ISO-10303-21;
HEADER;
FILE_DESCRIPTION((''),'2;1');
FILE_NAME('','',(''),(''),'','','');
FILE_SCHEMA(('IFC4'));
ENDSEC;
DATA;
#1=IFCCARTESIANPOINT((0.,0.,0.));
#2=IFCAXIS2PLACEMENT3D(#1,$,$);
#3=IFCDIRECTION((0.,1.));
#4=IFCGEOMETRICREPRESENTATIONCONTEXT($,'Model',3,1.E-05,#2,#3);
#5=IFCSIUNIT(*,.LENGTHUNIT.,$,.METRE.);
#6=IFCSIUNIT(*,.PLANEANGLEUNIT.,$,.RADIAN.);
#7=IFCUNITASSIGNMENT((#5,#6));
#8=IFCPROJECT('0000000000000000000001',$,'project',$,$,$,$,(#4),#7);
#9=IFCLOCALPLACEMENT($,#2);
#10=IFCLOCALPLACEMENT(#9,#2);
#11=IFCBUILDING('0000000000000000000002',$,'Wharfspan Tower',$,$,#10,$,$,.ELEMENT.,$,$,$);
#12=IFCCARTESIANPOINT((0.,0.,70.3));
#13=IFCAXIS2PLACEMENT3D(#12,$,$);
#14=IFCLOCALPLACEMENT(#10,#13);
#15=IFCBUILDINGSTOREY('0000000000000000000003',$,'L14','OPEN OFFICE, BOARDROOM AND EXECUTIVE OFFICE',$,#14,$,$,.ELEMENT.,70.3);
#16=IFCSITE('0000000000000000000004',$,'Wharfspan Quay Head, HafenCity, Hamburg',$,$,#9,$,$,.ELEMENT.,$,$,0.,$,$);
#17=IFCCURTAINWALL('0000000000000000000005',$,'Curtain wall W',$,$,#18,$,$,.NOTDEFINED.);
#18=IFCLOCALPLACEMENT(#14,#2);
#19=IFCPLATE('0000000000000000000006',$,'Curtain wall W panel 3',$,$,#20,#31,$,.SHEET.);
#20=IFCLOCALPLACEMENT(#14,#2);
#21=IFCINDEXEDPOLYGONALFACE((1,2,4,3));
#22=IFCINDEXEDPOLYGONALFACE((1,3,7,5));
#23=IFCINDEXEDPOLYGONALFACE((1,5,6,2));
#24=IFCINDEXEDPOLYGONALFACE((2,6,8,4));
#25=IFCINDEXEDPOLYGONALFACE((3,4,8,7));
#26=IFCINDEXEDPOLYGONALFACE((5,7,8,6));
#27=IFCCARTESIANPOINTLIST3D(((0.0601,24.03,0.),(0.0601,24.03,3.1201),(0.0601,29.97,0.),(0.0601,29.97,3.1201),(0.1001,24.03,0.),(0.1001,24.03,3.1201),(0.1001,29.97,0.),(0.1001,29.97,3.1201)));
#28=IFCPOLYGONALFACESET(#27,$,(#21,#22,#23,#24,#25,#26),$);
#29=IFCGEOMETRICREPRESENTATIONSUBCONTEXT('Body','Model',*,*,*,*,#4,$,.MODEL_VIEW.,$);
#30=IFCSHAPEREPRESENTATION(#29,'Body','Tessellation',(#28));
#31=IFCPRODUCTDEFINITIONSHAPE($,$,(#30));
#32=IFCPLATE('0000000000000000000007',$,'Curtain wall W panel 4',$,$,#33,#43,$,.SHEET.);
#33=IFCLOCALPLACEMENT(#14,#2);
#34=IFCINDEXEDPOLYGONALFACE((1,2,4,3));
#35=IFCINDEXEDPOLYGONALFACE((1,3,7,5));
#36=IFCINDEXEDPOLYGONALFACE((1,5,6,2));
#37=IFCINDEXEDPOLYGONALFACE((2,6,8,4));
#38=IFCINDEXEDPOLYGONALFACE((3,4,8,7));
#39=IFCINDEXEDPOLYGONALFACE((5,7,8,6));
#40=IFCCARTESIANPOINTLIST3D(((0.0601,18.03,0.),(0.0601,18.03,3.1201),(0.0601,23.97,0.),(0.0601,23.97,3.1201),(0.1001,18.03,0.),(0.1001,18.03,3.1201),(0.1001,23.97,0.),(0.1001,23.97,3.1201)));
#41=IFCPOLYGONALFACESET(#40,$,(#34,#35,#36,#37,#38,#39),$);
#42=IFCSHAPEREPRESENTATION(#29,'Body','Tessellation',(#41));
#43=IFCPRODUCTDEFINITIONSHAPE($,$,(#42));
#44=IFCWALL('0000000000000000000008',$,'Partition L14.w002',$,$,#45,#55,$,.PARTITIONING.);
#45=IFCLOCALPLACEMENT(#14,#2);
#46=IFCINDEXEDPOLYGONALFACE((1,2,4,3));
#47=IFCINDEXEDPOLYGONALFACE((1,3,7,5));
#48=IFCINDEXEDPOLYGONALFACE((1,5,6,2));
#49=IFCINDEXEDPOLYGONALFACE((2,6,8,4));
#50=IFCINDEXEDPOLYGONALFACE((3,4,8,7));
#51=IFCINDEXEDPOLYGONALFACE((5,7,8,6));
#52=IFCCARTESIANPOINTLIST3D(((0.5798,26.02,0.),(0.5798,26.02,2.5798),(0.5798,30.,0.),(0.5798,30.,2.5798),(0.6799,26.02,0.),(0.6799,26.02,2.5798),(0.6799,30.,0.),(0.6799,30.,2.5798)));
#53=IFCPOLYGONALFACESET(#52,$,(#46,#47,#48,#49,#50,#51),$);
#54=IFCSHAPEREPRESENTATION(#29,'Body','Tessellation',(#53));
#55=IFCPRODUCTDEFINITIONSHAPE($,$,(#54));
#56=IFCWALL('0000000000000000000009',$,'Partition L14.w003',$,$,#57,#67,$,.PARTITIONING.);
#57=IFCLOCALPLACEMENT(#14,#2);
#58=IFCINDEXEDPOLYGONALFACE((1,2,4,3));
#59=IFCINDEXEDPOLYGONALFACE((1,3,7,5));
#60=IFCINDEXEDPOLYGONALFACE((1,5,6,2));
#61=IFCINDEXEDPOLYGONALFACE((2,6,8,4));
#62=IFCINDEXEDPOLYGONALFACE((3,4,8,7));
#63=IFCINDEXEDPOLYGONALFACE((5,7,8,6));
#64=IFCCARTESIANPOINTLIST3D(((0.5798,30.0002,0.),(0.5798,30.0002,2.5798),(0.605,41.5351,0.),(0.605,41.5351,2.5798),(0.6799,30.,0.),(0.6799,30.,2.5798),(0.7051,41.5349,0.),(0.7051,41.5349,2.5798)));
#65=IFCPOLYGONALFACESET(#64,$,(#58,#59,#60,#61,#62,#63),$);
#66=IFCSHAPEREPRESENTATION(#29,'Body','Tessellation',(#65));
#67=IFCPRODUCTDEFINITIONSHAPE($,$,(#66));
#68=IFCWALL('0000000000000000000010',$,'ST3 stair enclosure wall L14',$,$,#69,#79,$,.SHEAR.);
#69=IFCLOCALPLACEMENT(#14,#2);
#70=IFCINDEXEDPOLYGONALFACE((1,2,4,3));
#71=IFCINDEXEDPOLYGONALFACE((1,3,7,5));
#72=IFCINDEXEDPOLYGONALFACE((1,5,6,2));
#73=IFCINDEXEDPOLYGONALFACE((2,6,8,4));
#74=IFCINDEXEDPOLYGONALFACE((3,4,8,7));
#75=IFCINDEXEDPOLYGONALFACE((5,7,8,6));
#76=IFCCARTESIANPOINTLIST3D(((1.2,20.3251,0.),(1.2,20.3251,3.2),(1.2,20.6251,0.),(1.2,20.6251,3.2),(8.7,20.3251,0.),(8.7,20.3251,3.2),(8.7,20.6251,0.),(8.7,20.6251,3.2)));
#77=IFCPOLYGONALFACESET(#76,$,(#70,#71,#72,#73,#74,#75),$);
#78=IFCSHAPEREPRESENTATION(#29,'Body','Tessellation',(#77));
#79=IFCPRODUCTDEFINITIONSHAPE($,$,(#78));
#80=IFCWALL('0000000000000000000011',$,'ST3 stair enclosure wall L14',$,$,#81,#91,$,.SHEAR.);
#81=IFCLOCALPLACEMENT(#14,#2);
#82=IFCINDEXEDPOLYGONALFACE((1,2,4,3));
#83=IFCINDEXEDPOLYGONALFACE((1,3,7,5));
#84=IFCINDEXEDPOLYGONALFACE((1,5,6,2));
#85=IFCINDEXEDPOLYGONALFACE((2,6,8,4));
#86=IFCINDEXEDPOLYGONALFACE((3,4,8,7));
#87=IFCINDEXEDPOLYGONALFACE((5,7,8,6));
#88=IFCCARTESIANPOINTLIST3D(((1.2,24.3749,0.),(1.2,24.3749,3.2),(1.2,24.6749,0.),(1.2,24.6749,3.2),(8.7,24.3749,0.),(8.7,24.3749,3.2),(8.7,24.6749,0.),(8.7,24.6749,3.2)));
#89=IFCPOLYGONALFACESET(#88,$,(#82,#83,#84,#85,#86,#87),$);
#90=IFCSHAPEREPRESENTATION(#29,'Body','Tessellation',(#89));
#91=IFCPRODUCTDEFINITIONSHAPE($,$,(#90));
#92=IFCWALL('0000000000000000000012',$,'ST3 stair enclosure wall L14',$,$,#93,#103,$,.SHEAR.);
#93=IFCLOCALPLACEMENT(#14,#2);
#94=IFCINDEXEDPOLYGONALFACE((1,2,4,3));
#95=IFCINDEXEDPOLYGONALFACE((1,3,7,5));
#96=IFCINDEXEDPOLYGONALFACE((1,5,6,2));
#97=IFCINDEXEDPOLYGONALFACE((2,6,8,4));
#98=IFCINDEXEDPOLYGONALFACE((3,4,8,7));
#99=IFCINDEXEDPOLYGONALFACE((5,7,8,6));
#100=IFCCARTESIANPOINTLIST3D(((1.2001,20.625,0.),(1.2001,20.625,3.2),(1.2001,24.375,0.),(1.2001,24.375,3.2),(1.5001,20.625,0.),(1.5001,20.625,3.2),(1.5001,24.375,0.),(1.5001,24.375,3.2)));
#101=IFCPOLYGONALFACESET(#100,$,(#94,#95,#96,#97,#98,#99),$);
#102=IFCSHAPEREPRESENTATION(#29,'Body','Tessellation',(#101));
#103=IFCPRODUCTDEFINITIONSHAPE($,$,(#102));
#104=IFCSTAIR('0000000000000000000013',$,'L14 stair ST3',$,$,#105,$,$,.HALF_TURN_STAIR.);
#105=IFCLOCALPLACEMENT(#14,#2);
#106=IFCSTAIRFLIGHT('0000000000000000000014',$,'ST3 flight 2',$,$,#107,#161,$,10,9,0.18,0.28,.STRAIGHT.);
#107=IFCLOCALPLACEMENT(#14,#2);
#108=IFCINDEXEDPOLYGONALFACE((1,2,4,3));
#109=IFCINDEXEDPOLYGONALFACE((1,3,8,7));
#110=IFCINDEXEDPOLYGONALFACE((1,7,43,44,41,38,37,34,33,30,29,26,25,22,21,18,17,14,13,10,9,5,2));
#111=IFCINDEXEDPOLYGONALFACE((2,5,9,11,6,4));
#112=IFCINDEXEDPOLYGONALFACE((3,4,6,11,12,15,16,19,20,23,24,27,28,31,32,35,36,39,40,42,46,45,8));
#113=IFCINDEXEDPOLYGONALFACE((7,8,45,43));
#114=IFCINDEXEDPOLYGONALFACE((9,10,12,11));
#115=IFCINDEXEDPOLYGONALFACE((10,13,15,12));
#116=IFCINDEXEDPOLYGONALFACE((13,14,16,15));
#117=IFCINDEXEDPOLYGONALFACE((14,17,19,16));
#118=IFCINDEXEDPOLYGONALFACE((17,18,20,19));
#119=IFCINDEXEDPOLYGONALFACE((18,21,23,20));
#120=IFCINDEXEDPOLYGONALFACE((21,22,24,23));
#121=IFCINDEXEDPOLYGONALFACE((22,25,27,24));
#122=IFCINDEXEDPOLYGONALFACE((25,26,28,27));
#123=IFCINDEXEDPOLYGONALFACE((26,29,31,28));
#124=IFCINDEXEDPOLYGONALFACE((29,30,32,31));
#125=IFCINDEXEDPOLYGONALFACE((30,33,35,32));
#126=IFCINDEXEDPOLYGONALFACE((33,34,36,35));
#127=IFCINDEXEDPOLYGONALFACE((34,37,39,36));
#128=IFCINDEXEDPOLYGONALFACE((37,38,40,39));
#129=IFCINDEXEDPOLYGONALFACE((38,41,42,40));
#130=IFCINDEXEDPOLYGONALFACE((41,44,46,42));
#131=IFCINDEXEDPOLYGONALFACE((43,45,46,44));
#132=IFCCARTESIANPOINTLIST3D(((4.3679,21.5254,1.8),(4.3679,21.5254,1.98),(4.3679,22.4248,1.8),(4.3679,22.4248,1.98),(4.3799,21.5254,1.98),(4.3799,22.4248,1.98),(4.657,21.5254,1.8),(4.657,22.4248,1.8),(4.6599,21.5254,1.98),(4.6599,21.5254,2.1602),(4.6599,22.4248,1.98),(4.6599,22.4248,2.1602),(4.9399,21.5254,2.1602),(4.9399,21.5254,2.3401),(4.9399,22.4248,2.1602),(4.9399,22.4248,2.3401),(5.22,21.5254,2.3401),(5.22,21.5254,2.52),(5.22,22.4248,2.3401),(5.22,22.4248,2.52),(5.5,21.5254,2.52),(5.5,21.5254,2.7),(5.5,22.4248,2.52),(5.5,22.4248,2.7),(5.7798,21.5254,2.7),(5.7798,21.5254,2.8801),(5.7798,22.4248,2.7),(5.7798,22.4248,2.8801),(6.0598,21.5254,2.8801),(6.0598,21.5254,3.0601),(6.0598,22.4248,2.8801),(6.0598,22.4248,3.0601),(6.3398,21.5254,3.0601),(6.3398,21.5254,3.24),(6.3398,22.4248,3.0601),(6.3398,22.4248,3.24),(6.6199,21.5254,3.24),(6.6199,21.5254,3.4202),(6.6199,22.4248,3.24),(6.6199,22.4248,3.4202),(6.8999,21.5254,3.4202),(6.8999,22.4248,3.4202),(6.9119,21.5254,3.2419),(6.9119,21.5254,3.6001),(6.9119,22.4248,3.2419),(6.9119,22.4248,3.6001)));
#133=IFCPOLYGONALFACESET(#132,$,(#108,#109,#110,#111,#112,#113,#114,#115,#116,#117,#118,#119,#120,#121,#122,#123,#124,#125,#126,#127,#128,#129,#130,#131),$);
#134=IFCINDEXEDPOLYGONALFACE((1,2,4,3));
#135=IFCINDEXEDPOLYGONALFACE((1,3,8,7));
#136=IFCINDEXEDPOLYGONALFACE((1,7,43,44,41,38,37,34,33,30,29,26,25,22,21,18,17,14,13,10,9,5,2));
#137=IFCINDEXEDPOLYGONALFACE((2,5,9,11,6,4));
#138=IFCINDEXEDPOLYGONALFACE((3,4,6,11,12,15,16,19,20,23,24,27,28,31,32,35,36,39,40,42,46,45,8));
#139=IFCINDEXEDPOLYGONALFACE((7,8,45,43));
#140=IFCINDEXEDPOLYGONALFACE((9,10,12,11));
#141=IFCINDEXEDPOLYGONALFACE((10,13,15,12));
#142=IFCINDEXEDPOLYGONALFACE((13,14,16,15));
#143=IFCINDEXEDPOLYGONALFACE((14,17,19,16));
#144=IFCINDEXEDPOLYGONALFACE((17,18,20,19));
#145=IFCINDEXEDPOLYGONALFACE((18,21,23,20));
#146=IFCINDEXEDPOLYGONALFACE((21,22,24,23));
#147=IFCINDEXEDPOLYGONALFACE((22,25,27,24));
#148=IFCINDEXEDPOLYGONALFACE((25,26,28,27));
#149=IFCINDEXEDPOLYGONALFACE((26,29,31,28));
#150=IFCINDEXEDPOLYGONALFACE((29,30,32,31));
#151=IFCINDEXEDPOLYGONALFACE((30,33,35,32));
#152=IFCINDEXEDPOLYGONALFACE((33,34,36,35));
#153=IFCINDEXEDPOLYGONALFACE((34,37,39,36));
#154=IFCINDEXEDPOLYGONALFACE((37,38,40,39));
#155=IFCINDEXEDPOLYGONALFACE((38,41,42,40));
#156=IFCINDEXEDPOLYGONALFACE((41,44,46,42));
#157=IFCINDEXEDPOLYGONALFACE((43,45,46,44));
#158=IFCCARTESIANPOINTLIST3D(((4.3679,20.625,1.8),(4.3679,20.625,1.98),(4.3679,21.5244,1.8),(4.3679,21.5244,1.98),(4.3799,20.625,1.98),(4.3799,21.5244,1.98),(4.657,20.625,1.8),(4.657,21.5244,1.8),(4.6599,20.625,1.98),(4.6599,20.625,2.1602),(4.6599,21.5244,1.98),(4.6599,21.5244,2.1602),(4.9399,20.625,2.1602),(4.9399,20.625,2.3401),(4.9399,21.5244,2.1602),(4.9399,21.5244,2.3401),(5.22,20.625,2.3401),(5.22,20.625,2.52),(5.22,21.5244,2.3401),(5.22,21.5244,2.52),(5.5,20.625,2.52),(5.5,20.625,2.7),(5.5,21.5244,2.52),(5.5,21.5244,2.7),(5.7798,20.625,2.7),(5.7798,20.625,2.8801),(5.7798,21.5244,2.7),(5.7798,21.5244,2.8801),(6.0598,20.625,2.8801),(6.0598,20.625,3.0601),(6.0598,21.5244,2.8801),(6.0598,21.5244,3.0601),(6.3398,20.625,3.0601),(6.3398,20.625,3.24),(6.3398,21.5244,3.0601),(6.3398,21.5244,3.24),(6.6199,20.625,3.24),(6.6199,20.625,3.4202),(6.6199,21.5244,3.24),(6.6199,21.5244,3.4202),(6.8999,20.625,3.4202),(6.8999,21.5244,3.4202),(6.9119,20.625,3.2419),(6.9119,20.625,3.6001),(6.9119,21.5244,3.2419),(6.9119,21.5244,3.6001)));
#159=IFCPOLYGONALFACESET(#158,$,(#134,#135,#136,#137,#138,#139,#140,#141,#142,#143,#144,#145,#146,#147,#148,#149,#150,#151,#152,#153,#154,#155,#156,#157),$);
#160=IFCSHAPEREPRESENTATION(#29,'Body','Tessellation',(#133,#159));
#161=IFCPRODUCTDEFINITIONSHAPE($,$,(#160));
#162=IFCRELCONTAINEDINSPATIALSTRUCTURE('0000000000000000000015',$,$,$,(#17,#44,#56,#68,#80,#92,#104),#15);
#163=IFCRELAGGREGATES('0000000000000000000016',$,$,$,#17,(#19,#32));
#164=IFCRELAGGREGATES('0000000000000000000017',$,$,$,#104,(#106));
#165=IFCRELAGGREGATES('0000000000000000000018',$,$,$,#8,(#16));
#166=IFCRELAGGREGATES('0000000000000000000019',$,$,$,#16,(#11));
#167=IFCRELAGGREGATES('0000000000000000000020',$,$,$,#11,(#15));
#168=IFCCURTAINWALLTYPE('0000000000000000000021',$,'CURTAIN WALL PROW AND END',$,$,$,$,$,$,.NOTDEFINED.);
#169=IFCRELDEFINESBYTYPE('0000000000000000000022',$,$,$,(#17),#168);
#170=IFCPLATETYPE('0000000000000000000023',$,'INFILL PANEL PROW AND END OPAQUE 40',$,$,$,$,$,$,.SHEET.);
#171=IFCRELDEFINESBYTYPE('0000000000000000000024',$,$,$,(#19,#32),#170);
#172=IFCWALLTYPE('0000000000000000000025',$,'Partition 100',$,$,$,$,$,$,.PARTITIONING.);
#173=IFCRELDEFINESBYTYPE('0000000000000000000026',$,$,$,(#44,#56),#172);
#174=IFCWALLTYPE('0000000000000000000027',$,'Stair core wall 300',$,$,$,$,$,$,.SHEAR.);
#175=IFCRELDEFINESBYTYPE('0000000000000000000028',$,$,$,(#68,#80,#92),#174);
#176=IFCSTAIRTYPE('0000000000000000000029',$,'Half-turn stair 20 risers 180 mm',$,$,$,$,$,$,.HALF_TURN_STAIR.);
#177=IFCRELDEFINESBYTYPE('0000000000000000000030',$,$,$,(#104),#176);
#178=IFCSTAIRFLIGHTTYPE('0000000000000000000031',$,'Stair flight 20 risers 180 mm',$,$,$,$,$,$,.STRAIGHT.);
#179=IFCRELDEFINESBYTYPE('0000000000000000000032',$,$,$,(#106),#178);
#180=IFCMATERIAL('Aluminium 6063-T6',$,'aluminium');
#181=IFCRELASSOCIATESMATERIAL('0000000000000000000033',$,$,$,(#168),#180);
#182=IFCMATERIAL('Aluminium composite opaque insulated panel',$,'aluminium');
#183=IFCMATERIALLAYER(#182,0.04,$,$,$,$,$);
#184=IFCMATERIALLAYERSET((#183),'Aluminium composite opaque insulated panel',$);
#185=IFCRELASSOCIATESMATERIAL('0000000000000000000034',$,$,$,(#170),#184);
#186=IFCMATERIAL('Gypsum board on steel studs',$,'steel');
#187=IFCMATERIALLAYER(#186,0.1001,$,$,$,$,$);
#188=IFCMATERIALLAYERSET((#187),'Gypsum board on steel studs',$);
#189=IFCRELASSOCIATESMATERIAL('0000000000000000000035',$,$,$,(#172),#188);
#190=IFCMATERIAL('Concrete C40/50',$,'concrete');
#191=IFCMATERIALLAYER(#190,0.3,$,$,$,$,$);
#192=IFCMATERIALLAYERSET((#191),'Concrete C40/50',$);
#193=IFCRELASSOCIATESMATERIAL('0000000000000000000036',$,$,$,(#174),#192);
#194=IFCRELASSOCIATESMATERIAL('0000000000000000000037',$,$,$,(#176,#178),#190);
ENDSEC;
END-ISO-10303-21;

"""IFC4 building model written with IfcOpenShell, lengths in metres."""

from ifc_helpers import new_model, si_unit, direction, frame, frame_2d, origin, origin_2d, place, context, subcontext, project, spatial, polyline, rectangle, outline, extrude, material, layer, layer_set, type_object, element, aggregate, save


model = new_model("IFC4")

# Units and contexts
model_context = context("Model", 3, precision=1e-05, world=origin(), true_north=direction((0.0, 1.0)))
body_context = subcontext(model_context, "Body", "Model", "MODEL_VIEW")
ifc_project = project(units=[si_unit("LENGTHUNIT", "METRE"), si_unit("PLANEANGLEUNIT", "RADIAN")], contexts=[model_context])

# Site, building, storey
site_placement = place(None, origin())
site = spatial("IfcSite", under=ifc_project, at=site_placement, Name="Wharfspan Quay Head, HafenCity, Hamburg", CompositionType="ELEMENT", RefElevation=0.0)
building_placement = place(site_placement, origin())
building = spatial("IfcBuilding", under=site, at=building_placement, Name="Wharfspan Tower", CompositionType="ELEMENT")
storey_placement = place(building_placement, frame((0.0, 0.0, 70.3)))
storey = spatial("IfcBuildingStorey", under=building, at=storey_placement, Name="L14", Description="OPEN OFFICE, BOARDROOM AND EXECUTIVE OFFICE", CompositionType="ELEMENT", Elevation=70.3)

# Curtain wall
ifc_material_1 = material(Name="Aluminium 6063-T6", Category="aluminium")
curtain_wall_type = type_object("IfcCurtainWallType", Name="CURTAIN WALL PROW AND END", PredefinedType="NOTDEFINED", material=ifc_material_1)
curtain_wall_placement = place(storey_placement, origin())
curtain_wall = element("IfcCurtainWall", 1, at=curtain_wall_placement, inside=storey, type_object=curtain_wall_type, Name="Curtain wall W", PredefinedType="NOTDEFINED")

# Plates
ifc_material_2 = material(Name="Aluminium composite opaque insulated panel", Category="aluminium")
ifc_layer_1 = layer(ifc_material_2, 0.04)
ifc_layer_set_1 = layer_set([ifc_layer_1], Name="Aluminium composite opaque insulated panel")
plate_type = type_object("IfcPlateType", Name="INFILL PANEL PROW AND END OPAQUE 40", PredefinedType="SHEET", material=ifc_layer_set_1)
plate_1_placement = place(storey_placement, frame((0.0801, 27.0, 0.0), z_axis=(0.0, 0.0, 1.0), x_axis=(0.0, -1.0, 0.0)))
plate_1 = element("IfcPlate", 2, at=plate_1_placement, type_object=plate_type, Name="Curtain wall W panel 3", PredefinedType="SHEET", context=body_context, shape_type="SweptSolid", body=[
    extrude(rectangle(XDim=5.9399, YDim=0.04, at=origin_2d()), origin(), (0.0, 0.0, 1.0), 3.1201),
])
plate_2_placement = place(storey_placement, frame((0.0801, 21.0, 0.0), z_axis=(0.0, 0.0, 1.0), x_axis=(0.0, -1.0, 0.0)))
plate_2 = element("IfcPlate", 3, at=plate_2_placement, type_object=plate_type, Name="Curtain wall W panel 4", PredefinedType="SHEET", context=body_context, shape_type="SweptSolid", body=[
    extrude(rectangle(XDim=5.9399, YDim=0.04, at=origin_2d()), origin(), (0.0, 0.0, 1.0), 3.1201),
])
aggregate(curtain_wall, [plate_1, plate_2])

# Walls
ifc_material_3 = material(Name="Gypsum board on steel studs", Category="steel")
ifc_layer_2 = layer(ifc_material_3, 0.1001)
ifc_layer_set_2 = layer_set([ifc_layer_2], Name="Gypsum board on steel studs")
wall_type_1 = type_object("IfcWallType", Name="Partition 100", PredefinedType="PARTITIONING", material=ifc_layer_set_2)
wall_1_placement = place(storey_placement, frame((0.6299, 26.02, 0.0), z_axis=(0.0, 0.0, 1.0), x_axis=(0.0, 1.0, 0.0)))
element("IfcWall", 4, at=wall_1_placement, inside=storey, type_object=wall_type_1, Name="Partition L14.w002", PredefinedType="PARTITIONING", context=body_context, shape_type="SweptSolid", body=[
    extrude(rectangle(XDim=3.98, YDim=0.1001, at=frame_2d((1.99, 0.0))), origin(), (0.0, 0.0, 1.0), 2.5798),
])
wall_2_placement = place(storey_placement, frame((0.6299, 30.0, 0.0), z_axis=(0.0, 0.0, 1.0), x_axis=(0.00218, 0.999994, 0.0)))
element("IfcWall", 5, at=wall_2_placement, inside=storey, type_object=wall_type_1, Name="Partition L14.w003", PredefinedType="PARTITIONING", context=body_context, shape_type="SweptSolid", body=[
    extrude(rectangle(XDim=11.5349, YDim=0.1001, at=frame_2d((5.7676, 0.0))), origin(), (0.0, 0.0, 1.0), 2.5798),
])
ifc_material_4 = material(Name="Concrete C40/50", Category="concrete")
ifc_layer_3 = layer(ifc_material_4, 0.3)
ifc_layer_set_3 = layer_set([ifc_layer_3], Name="Concrete C40/50")
wall_type_2 = type_object("IfcWallType", Name="Stair core wall 300", PredefinedType="SHEAR", material=ifc_layer_set_3)
for number, where, z_axis, x_axis, name in (
    (6, (1.2, 20.4751, 0.0), (0.0, 0.0, 1.0), (1.0, 0.0, 0.0), "ST3 stair enclosure wall L14"),
    (7, (1.2, 24.5249, 0.0), (0.0, 0.0, 1.0), (1.0, 0.0, 0.0), "ST3 stair enclosure wall L14"),
):
    element("IfcWall", number, at=place(storey_placement, frame(where, z_axis=z_axis, x_axis=x_axis)), inside=storey, type_object=wall_type_2, Name=name, PredefinedType="SHEAR", context=body_context, shape_type="SweptSolid", body=[
        extrude(rectangle(XDim=7.5, YDim=0.3, at=frame_2d((3.75, 0.0))), origin(), (0.0, 0.0, 1.0), 3.2),
    ])
wall_3_placement = place(storey_placement, frame((1.3501, 20.625, 0.0), z_axis=(0.0, 0.0, 1.0), x_axis=(0.0, 1.0, 0.0)))
element("IfcWall", 8, at=wall_3_placement, inside=storey, type_object=wall_type_2, Name="ST3 stair enclosure wall L14", PredefinedType="SHEAR", context=body_context, shape_type="SweptSolid", body=[
    extrude(rectangle(XDim=3.75, YDim=0.3, at=frame_2d((1.875, 0.0))), origin(), (0.0, 0.0, 1.0), 3.2),
])

# Stair, stair flight
stair_type = type_object("IfcStairType", Name="Half-turn stair 20 risers 180 mm", PredefinedType="HALF_TURN_STAIR", material=ifc_material_4)
stair_placement = place(storey_placement, origin())
stair = element("IfcStair", 9, at=stair_placement, inside=storey, type_object=stair_type, Name="L14 stair ST3", PredefinedType="HALF_TURN_STAIR")
stair_flight_type = type_object("IfcStairFlightType", Name="Stair flight 20 risers 180 mm", PredefinedType="STRAIGHT", material=ifc_material_4)
stair_flight_placement = place(storey_placement, frame((4.3799, 21.5249, 1.8), z_axis=(0.0, 0.0, 1.0), x_axis=(1.0, 0.0, 0.0)))
stair_flight = element("IfcStairFlight", 10, at=stair_flight_placement, type_object=stair_flight_type, Name="ST3 flight 2", NumberOfRisers=10, NumberOfTreads=9, PredefinedType="STRAIGHT", RiserHeight=0.18, TreadLength=0.28, context=body_context, shape_type="SweptSolid", body=[
    extrude(outline(polyline([(-0.012, 0.0), (-0.012, 0.1799), (0.0, 0.1799), (0.28, 0.1799), (0.28, 0.3601), (0.5601, 0.3601), (0.5601, 0.54), (0.8401, 0.54), (0.8401, 0.72), (1.1201, 0.72), (1.1201, 0.8999), (1.3999, 0.8999), (1.3999, 1.0801), (1.6799, 1.0801), (1.6799, 1.26), (1.96, 1.26), (1.96, 1.4399), (2.24, 1.4399), (2.24, 1.6201), (2.52, 1.6201), (2.532, 1.8), (2.532, 1.4419), (0.2771, 0.0), (-0.012, 0.0)])), frame((0.0, 0.8999, 0.0), z_axis=(0.0, -1.0, 0.0), x_axis=(1.0, 0.0, 0.0)), (0.0, 0.0, 1.0), 0.8994),
    extrude(outline(polyline([(-0.012, 0.0), (-0.012, 0.1799), (0.0, 0.1799), (0.28, 0.1799), (0.28, 0.3601), (0.5601, 0.3601), (0.5601, 0.54), (0.8401, 0.54), (0.8401, 0.72), (1.1201, 0.72), (1.1201, 0.8999), (1.3999, 0.8999), (1.3999, 1.0801), (1.6799, 1.0801), (1.6799, 1.26), (1.96, 1.26), (1.96, 1.4399), (2.24, 1.4399), (2.24, 1.6201), (2.52, 1.6201), (2.532, 1.8), (2.532, 1.4419), (0.2771, 0.0), (-0.012, 0.0)])), frame((0.0, -0.0005, 0.0), z_axis=(0.0, -1.0, 0.0), x_axis=(1.0, 0.0, 0.0)), (0.0, 0.0, 1.0), 0.8994),
])
aggregate(stair, [stair_flight])

save(model, "model.ifc")
